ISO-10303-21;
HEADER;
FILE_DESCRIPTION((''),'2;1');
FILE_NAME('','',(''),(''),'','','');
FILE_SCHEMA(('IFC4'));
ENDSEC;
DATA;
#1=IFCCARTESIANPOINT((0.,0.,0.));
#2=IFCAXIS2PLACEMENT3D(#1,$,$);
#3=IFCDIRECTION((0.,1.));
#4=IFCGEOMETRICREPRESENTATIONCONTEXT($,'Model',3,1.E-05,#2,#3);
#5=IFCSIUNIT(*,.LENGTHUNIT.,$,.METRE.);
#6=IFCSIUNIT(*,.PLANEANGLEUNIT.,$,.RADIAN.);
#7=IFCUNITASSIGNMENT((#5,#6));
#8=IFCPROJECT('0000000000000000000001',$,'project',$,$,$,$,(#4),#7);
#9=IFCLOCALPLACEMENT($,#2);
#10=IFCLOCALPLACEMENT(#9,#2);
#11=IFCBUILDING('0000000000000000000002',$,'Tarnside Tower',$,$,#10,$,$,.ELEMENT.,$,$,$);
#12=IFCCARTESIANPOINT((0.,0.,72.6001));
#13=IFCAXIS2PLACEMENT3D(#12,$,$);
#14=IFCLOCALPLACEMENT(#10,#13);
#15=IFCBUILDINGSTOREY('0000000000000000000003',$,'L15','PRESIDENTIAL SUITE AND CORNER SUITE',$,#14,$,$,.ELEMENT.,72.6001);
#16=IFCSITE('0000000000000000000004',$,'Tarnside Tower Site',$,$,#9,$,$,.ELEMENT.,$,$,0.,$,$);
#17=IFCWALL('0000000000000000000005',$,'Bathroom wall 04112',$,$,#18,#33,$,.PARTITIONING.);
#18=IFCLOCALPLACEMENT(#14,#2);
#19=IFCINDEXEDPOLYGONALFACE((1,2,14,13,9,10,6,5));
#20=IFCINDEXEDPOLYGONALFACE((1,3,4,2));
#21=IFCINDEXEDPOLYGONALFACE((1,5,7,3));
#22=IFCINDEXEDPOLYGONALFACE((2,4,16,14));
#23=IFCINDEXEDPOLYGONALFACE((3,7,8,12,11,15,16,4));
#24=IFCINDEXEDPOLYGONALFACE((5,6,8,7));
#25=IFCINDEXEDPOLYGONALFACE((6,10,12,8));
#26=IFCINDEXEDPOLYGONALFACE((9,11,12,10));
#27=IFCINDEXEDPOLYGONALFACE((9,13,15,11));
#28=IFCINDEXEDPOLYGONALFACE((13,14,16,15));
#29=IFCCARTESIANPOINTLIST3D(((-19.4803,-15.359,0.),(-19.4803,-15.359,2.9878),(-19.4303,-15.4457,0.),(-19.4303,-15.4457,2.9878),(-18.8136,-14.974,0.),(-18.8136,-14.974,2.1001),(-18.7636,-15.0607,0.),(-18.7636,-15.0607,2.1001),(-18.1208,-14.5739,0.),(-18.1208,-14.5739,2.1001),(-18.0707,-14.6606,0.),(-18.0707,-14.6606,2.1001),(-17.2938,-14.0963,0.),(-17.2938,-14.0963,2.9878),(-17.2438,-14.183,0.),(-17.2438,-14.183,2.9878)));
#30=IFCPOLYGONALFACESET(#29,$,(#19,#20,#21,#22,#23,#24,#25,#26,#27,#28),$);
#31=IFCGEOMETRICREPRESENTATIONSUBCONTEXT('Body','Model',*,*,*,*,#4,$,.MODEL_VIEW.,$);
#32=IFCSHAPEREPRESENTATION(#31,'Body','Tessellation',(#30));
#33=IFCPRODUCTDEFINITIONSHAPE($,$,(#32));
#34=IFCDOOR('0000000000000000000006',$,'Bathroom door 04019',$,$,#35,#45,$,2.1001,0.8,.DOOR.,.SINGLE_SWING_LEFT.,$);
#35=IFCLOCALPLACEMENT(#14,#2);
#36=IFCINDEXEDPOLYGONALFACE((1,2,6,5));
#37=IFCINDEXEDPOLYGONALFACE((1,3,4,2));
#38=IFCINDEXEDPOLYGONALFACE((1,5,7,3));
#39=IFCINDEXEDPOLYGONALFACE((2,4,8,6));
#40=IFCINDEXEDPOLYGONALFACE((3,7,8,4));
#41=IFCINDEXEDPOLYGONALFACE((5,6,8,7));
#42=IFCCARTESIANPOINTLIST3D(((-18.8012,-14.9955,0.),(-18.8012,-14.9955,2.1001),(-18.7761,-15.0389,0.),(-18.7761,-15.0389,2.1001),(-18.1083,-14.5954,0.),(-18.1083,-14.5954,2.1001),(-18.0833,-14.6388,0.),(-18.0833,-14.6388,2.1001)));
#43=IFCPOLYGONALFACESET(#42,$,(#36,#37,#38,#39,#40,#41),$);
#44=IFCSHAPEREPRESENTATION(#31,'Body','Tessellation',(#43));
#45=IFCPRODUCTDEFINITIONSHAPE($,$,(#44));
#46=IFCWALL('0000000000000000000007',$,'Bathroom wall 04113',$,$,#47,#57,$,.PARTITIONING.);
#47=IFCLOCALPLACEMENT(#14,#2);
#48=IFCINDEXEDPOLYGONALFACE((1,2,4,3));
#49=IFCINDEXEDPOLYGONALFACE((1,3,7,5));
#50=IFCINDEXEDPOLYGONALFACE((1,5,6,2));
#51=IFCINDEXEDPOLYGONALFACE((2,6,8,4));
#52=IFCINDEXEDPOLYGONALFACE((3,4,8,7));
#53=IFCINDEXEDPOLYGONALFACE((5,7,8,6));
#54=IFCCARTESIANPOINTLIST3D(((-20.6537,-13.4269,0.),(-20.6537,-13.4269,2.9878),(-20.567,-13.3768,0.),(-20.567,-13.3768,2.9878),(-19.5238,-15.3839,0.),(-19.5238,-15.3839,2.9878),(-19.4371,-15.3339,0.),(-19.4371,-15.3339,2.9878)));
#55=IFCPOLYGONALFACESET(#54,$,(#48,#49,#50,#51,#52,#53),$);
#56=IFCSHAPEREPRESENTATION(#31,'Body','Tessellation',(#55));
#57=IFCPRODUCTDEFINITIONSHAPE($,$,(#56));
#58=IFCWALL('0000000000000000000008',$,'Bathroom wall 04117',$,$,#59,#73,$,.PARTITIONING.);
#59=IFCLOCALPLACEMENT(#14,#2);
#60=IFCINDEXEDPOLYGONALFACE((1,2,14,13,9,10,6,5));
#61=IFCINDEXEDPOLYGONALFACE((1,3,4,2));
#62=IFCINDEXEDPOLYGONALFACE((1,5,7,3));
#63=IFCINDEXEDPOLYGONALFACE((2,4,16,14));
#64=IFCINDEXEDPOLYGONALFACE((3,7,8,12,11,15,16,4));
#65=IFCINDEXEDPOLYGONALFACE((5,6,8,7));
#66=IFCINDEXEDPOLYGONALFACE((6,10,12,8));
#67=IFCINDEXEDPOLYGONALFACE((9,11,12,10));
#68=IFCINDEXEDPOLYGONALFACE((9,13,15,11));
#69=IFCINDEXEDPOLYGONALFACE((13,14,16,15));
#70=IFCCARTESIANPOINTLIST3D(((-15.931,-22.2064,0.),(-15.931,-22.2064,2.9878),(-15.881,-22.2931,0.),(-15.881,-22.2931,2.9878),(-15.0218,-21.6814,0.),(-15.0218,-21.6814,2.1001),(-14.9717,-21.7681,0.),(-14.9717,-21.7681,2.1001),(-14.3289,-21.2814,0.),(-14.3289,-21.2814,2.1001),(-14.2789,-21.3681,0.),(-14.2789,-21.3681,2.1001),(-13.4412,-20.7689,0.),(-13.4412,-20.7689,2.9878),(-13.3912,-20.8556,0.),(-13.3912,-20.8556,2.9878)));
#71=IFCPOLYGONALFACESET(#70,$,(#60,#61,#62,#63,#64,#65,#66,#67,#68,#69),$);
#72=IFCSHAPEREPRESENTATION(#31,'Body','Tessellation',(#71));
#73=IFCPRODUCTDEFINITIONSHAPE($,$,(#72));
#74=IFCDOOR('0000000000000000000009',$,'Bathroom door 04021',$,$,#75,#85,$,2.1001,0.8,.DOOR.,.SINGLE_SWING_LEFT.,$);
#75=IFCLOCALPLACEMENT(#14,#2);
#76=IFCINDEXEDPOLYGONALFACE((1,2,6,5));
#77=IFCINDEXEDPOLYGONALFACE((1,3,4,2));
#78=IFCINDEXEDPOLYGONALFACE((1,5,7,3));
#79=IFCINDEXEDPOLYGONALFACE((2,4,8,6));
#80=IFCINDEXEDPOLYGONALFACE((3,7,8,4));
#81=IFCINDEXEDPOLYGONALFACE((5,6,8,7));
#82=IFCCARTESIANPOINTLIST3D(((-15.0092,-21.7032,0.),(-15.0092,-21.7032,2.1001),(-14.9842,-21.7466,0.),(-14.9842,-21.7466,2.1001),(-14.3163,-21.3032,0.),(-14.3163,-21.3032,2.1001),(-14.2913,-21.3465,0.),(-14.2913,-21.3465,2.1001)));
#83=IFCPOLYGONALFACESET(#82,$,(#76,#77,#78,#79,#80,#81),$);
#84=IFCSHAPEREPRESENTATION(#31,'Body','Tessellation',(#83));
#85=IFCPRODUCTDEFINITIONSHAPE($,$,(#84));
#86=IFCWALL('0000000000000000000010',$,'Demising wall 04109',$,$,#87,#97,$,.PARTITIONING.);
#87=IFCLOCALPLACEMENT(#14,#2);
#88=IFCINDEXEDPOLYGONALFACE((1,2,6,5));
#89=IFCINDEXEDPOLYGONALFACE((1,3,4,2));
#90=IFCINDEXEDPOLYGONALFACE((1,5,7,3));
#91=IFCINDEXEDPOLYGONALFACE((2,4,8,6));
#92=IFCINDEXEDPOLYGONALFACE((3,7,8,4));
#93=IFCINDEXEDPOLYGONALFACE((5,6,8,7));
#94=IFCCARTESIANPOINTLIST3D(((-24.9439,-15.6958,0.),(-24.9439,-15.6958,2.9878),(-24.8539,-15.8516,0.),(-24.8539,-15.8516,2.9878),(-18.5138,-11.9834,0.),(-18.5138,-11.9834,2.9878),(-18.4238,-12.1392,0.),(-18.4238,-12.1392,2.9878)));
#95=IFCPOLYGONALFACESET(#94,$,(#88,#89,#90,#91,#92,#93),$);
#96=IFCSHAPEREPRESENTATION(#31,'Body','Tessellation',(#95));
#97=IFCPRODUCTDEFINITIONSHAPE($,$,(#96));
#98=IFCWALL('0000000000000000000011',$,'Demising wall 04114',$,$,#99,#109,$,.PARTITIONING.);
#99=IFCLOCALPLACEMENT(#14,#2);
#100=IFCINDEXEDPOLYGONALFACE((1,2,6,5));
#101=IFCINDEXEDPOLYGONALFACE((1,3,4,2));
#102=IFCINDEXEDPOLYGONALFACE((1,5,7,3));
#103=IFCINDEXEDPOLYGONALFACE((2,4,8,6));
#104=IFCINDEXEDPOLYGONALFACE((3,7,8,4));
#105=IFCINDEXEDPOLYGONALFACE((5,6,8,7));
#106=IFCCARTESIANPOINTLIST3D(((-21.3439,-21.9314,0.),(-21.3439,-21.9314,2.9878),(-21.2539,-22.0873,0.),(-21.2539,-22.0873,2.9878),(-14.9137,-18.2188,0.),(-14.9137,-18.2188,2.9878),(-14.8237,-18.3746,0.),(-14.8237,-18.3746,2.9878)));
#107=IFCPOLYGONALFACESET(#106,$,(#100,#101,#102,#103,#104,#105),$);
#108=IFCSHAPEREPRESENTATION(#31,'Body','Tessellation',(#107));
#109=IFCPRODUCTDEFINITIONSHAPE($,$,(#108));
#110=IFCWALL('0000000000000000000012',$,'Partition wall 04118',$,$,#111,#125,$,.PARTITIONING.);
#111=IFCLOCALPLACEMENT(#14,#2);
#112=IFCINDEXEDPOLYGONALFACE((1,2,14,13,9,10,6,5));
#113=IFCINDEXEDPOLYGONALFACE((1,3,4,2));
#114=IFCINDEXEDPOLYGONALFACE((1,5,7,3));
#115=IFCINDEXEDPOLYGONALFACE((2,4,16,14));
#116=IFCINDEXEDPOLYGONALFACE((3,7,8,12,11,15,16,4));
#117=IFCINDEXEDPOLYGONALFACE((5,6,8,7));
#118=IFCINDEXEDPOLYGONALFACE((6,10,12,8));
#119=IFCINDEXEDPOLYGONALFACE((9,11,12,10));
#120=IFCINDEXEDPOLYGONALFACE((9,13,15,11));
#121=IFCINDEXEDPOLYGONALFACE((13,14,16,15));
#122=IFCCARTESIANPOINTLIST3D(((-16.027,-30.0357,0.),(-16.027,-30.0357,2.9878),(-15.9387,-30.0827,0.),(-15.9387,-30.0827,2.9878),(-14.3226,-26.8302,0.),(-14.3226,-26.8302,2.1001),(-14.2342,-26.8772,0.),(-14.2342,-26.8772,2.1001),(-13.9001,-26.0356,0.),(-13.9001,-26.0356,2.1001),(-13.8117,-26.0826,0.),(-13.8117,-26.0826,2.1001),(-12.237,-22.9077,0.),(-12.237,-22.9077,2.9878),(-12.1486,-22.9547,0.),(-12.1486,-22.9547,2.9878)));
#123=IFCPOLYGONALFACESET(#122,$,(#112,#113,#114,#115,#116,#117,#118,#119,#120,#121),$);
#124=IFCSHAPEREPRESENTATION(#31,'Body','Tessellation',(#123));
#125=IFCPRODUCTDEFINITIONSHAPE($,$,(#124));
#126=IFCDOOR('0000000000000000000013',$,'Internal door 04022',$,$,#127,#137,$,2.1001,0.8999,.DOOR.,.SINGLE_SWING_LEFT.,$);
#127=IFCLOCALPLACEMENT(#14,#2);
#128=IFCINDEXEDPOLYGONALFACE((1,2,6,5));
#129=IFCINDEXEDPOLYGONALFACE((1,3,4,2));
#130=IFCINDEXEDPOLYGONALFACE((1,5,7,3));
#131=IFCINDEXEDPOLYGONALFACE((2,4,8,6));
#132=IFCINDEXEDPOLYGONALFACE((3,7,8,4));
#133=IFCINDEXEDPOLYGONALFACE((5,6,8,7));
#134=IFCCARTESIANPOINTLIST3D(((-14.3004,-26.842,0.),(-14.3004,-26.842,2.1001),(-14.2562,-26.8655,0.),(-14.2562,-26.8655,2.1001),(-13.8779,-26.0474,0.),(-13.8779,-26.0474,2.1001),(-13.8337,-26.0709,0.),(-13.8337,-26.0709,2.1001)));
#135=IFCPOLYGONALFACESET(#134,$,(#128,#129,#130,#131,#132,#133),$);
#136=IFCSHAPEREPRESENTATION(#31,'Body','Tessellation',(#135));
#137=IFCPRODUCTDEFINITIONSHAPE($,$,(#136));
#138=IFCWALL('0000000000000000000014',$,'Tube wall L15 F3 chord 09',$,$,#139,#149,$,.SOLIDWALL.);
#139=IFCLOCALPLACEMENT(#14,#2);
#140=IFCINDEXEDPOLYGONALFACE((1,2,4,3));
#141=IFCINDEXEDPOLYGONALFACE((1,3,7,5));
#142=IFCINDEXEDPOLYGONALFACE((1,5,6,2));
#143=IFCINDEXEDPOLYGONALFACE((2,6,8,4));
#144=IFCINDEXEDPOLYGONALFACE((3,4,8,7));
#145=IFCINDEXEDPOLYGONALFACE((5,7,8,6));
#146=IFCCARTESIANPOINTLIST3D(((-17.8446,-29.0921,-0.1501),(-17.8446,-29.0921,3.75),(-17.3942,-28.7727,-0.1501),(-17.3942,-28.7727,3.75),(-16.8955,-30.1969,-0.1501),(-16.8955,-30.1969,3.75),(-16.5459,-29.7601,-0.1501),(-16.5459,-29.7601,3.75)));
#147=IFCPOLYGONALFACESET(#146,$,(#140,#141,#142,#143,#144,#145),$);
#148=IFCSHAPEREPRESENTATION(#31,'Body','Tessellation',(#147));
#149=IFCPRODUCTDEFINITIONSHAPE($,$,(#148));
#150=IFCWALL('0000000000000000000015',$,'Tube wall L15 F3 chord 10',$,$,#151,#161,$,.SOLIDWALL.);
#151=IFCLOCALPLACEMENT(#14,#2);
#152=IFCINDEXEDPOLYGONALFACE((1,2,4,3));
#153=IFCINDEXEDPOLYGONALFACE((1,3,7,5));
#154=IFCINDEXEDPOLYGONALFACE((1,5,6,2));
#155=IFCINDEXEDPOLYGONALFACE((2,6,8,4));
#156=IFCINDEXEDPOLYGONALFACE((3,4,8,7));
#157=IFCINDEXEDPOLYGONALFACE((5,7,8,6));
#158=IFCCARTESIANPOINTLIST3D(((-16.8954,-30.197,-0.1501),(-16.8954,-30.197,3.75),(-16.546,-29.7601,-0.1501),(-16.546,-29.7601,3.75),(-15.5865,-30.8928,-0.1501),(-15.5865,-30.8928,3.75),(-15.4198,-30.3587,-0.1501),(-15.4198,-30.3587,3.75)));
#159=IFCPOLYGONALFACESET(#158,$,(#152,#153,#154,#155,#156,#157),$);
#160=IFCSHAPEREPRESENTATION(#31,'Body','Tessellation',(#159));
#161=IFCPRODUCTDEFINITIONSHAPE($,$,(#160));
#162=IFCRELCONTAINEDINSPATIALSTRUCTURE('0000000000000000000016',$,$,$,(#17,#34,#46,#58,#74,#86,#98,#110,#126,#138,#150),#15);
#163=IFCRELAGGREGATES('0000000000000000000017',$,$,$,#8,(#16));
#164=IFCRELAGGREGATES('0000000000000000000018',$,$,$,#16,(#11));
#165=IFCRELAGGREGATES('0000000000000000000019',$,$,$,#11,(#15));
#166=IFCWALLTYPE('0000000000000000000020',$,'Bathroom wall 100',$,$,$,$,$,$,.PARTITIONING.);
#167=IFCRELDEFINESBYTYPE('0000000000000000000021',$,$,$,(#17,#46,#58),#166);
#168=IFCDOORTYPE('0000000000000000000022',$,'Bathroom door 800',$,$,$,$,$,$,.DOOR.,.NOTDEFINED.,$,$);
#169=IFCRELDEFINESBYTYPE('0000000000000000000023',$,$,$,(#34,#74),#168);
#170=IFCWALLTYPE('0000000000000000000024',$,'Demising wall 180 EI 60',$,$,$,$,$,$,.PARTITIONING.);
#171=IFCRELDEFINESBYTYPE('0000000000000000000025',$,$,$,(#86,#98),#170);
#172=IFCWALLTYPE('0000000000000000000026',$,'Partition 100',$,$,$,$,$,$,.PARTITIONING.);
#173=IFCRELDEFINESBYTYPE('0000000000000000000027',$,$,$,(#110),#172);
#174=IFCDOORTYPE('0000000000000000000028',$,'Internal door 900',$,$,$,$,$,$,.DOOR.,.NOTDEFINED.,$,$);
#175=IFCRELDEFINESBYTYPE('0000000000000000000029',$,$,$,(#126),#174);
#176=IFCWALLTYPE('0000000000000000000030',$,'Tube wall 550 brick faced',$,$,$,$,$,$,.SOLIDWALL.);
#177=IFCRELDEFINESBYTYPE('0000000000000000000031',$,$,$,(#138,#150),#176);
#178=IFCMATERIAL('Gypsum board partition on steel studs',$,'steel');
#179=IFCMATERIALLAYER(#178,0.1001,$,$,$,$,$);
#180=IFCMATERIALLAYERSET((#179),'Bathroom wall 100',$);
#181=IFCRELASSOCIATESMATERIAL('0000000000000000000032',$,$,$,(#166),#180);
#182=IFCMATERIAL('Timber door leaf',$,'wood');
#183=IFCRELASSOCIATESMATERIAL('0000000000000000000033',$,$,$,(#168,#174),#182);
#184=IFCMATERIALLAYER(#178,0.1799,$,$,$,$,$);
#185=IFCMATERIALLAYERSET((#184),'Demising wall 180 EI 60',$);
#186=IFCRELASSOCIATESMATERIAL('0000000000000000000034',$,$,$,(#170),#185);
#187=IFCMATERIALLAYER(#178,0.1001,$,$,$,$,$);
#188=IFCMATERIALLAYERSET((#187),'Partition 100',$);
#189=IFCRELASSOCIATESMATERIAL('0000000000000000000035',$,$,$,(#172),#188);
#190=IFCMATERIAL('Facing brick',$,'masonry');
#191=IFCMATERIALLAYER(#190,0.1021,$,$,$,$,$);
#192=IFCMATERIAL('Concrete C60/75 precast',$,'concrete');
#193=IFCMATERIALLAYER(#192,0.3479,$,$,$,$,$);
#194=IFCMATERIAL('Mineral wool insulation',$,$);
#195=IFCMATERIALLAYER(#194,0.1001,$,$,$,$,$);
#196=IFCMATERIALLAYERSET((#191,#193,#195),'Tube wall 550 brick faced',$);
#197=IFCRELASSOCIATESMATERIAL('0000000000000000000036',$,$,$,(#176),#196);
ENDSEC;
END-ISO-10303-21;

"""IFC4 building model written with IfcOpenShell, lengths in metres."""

from ifc_helpers import new_model, si_unit, direction, frame, frame_2d, origin, place, context, subcontext, project, spatial, polyline, rectangle, outline, extrude, material, layer, layer_set, type_object, element, fill, save


model = new_model("IFC4")

# Units and contexts
model_context = context("Model", 3, precision=1e-05, world=origin(), true_north=direction((0.0, 1.0)))
body_context = subcontext(model_context, "Body", "Model", "MODEL_VIEW")
ifc_project = project(units=[si_unit("LENGTHUNIT", "METRE"), si_unit("PLANEANGLEUNIT", "RADIAN")], contexts=[model_context])

# Site, building, storey
site_placement = place(None, origin())
site = spatial("IfcSite", under=ifc_project, at=site_placement, Name="Tarnside Tower Site", CompositionType="ELEMENT", RefElevation=0.0)
building_placement = place(site_placement, origin())
building = spatial("IfcBuilding", under=site, at=building_placement, Name="Tarnside Tower", CompositionType="ELEMENT")
storey_placement = place(building_placement, frame((0.0, 0.0, 72.6001)))
storey = spatial("IfcBuildingStorey", under=building, at=storey_placement, Name="L15", Description="PRESIDENTIAL SUITE AND CORNER SUITE", CompositionType="ELEMENT", Elevation=72.6001)

# Shared definitions
ifc_material_1 = material(Name="Gypsum board partition on steel studs", Category="steel")
ifc_layer_1 = layer(ifc_material_1, 0.1001)
ifc_layer_set_1 = layer_set([ifc_layer_1], Name="Bathroom wall 100")
wall_type_1 = type_object("IfcWallType", Name="Bathroom wall 100", PredefinedType="PARTITIONING", material=ifc_layer_set_1)

# Wall, opening, door
ifc_material_2 = material(Name="Timber door leaf", Category="wood")
door_type_1 = type_object("IfcDoorType", Name="Bathroom door 800", OperationType="NOTDEFINED", PredefinedType="DOOR", material=ifc_material_2)
wall_1_placement = place(storey_placement, frame((-17.2688, -14.1396, 0.0), z_axis=(0.0, 0.0, 1.0), x_axis=(-0.865973, -0.500091, 0.0)))
wall_1 = element("IfcWall", 1, at=wall_1_placement, inside=storey, type_object=wall_type_1, Name="Bathroom wall 04112", PredefinedType="PARTITIONING", context=body_context, shape_type="SweptSolid", body=[
    extrude(rectangle(XDim=2.5249, YDim=0.1001, at=frame_2d((1.2625, 0.0))), origin(), (0.0, 0.0, 1.0), 2.9878),
])
opening_1_placement = place(wall_1_placement, frame((0.9551, 0.0, 0.0)))
opening_1 = element("IfcOpeningElement", 2, at=opening_1_placement, cuts=wall_1, PredefinedType="OPENING", context=body_context, shape_type="SweptSolid", body=[
    extrude(rectangle(XDim=0.8, YDim=2.1001, at=frame_2d((0.3999, 1.05))), frame((0.0, 0.0601, 0.0), z_axis=(0.0, -1.0, 0.0), x_axis=(1.0, 0.0, 0.0)), (0.0, 0.0, 1.0), 0.1201),
])
door_1_placement = place(opening_1_placement, origin())
door_1 = element("IfcDoor", 3, at=door_1_placement, inside=storey, type_object=door_type_1, Name="Bathroom door 04019", OperationType="SINGLE_SWING_LEFT", OverallHeight=2.1001, OverallWidth=0.8, PredefinedType="DOOR", context=body_context, shape_type="SweptSolid", body=[
    extrude(rectangle(XDim=0.8, YDim=2.1001, at=frame_2d((0.3999, 1.05))), frame((0.0, 0.0249, 0.0), z_axis=(0.0, -1.0, 0.0), x_axis=(1.0, 0.0, 0.0)), (0.0, 0.0, 1.0), 0.05),
])
fill(opening_1, door_1)

# Wall
wall_2_placement = place(storey_placement, frame((-19.4805, -15.3589, 0.0), z_axis=(0.0, 0.0, 1.0), x_axis=(-0.499997, 0.866027, 0.0)))
element("IfcWall", 4, at=wall_2_placement, inside=storey, type_object=wall_type_1, Name="Bathroom wall 04113", PredefinedType="PARTITIONING", context=body_context, shape_type="SweptSolid", body=[
    extrude(rectangle(XDim=2.2598, YDim=0.1001, at=frame_2d((1.1299, 0.0))), origin(), (0.0, 0.0, 1.0), 2.9878),
])

# Wall, opening, door
wall_3_placement = place(storey_placement, frame((-15.906, -22.2498, 0.0), z_axis=(0.0, 0.0, 1.0), x_axis=(0.866019, 0.500012, 0.0)))
wall_3 = element("IfcWall", 5, at=wall_3_placement, inside=storey, type_object=wall_type_1, Name="Bathroom wall 04117", PredefinedType="PARTITIONING", context=body_context, shape_type="SweptSolid", body=[
    extrude(rectangle(XDim=2.875, YDim=0.1001, at=frame_2d((1.4375, 0.0))), origin(), (0.0, 0.0, 1.0), 2.9878),
])
opening_2_placement = place(wall_3_placement, frame((1.05, 0.0, 0.0)))
opening_2 = element("IfcOpeningElement", 6, at=opening_2_placement, cuts=wall_3, PredefinedType="OPENING", context=body_context, shape_type="SweptSolid", body=[
    extrude(rectangle(XDim=0.8, YDim=2.1001, at=frame_2d((0.3999, 1.05))), frame((0.0, 0.0601, 0.0), z_axis=(0.0, -1.0, 0.0), x_axis=(1.0, 0.0, 0.0)), (0.0, 0.0, 1.0), 0.1201),
])
door_2_placement = place(opening_2_placement, origin())
door_2 = element("IfcDoor", 7, at=door_2_placement, inside=storey, type_object=door_type_1, Name="Bathroom door 04021", OperationType="SINGLE_SWING_LEFT", OverallHeight=2.1001, OverallWidth=0.8, PredefinedType="DOOR", context=body_context, shape_type="SweptSolid", body=[
    extrude(rectangle(XDim=0.8, YDim=2.1001, at=frame_2d((0.3999, 1.05))), frame((0.0, 0.0249, 0.0), z_axis=(0.0, -1.0, 0.0), x_axis=(1.0, 0.0, 0.0)), (0.0, 0.0, 1.0), 0.05),
])
fill(opening_2, door_2)

# Walls
ifc_layer_2 = layer(ifc_material_1, 0.1799)
ifc_layer_set_2 = layer_set([ifc_layer_2], Name="Demising wall 180 EI 60")
wall_type_2 = type_object("IfcWallType", Name="Demising wall 180 EI 60", PredefinedType="PARTITIONING", material=ifc_layer_set_2)
wall_4_placement = place(storey_placement, frame((-24.8989, -15.7737, 0.0), z_axis=(0.0, 0.0, 1.0), x_axis=(0.866029, 0.499994, 0.0)))
element("IfcWall", 8, at=wall_4_placement, inside=storey, type_object=wall_type_2, Name="Demising wall 04109", PredefinedType="PARTITIONING", context=body_context, shape_type="SweptSolid", body=[
    extrude(rectangle(XDim=7.4248, YDim=0.1799, at=frame_2d((3.7124, 0.0))), origin(), (0.0, 0.0, 1.0), 2.9878),
])
wall_5_placement = place(storey_placement, frame((-21.2988, -22.0093, 0.0), z_axis=(0.0, 0.0, 1.0), x_axis=(0.866015, 0.500018, 0.0)))
element("IfcWall", 9, at=wall_5_placement, inside=storey, type_object=wall_type_2, Name="Demising wall 04114", PredefinedType="PARTITIONING", context=body_context, shape_type="SweptSolid", body=[
    extrude(rectangle(XDim=7.425, YDim=0.1799, at=frame_2d((3.7124, 0.0))), origin(), (0.0, 0.0, 1.0), 2.9878),
])

# Wall, opening, door
ifc_layer_3 = layer(ifc_material_1, 0.1001)
ifc_layer_set_3 = layer_set([ifc_layer_3], Name="Partition 100")
wall_type_3 = type_object("IfcWallType", Name="Partition 100", PredefinedType="PARTITIONING", material=ifc_layer_set_3)
wall_6_placement = place(storey_placement, frame((-15.9829, -30.0593, 0.0), z_axis=(0.0, 0.0, 1.0), x_axis=(0.469477, 0.882945, 0.0)))
wall_6 = element("IfcWall", 10, at=wall_6_placement, inside=storey, type_object=wall_type_3, Name="Partition wall 04118", PredefinedType="PARTITIONING", context=body_context, shape_type="SweptSolid", body=[
    extrude(rectangle(XDim=8.073, YDim=0.1001, at=frame_2d((4.0366, 0.0))), origin(), (0.0, 0.0, 1.0), 2.9878),
])
opening_3_placement = place(wall_6_placement, frame((3.6306, 0.0, 0.0)))
opening_3 = element("IfcOpeningElement", 11, at=opening_3_placement, cuts=wall_6, PredefinedType="OPENING", context=body_context, shape_type="SweptSolid", body=[
    extrude(rectangle(XDim=0.8999, YDim=2.1001, at=frame_2d((0.45, 1.05))), frame((0.0, 0.0601, 0.0), z_axis=(0.0, -1.0, 0.0), x_axis=(1.0, 0.0, 0.0)), (0.0, 0.0, 1.0), 0.1201),
])
door_type_2 = type_object("IfcDoorType", Name="Internal door 900", OperationType="NOTDEFINED", PredefinedType="DOOR", material=ifc_material_2)
door_3_placement = place(opening_3_placement, origin())
door_3 = element("IfcDoor", 12, at=door_3_placement, inside=storey, type_object=door_type_2, Name="Internal door 04022", OperationType="SINGLE_SWING_LEFT", OverallHeight=2.1001, OverallWidth=0.8999, PredefinedType="DOOR", context=body_context, shape_type="SweptSolid", body=[
    extrude(rectangle(XDim=0.8999, YDim=2.1001, at=frame_2d((0.45, 1.05))), frame((0.0, 0.0249, 0.0), z_axis=(0.0, -1.0, 0.0), x_axis=(1.0, 0.0, 0.0)), (0.0, 0.0, 1.0), 0.05),
])
fill(opening_3, door_3)

# Walls
ifc_material_3 = material(Name="Facing brick", Category="masonry")
ifc_layer_4 = layer(ifc_material_3, 0.1021)
ifc_material_4 = material(Name="Concrete C60/75 precast", Category="concrete")
ifc_layer_5 = layer(ifc_material_4, 0.3479)
ifc_material_5 = material(Name="Mineral wool insulation")
ifc_layer_6 = layer(ifc_material_5, 0.1001)
ifc_layer_set_4 = layer_set([ifc_layer_4, ifc_layer_5, ifc_layer_6], Name="Tube wall 550 brick faced")
wall_type_4 = type_object("IfcWallType", Name="Tube wall 550 brick faced", PredefinedType="SOLIDWALL", material=ifc_layer_set_4)
wall_7_placement = place(storey_placement, frame((-17.6194, -28.9324, -0.1501), z_axis=(0.0, 0.0, 1.0), x_axis=(0.651622, -0.758544, 0.0)))
element("IfcWall", 13, at=wall_7_placement, inside=storey, type_object=wall_type_4, Name="Tube wall L15 F3 chord 09", PredefinedType="SOLIDWALL", context=body_context, shape_type="SweptSolid", body=[
    extrude(outline(polyline([(-0.0256, -0.2749), (1.4309, -0.2749), (1.3274, 0.2749), (0.0256, 0.2749), (-0.0256, -0.2749)])), origin(), (0.0, 0.0, 1.0), 3.9001),
])
wall_8_placement = place(storey_placement, frame((-16.7207, -29.9785, -0.1501), z_axis=(0.0, 0.0, 1.0), x_axis=(0.882994, -0.469384, 0.0)))
element("IfcWall", 14, at=wall_8_placement, inside=storey, type_object=wall_type_4, Name="Tube wall L15 F3 chord 10", PredefinedType="SOLIDWALL", context=body_context, shape_type="SweptSolid", body=[
    extrude(outline(polyline([(-0.0518, -0.2749), (1.4307, -0.2749), (1.3271, 0.2749), (0.0518, 0.2749), (-0.0518, -0.2749)])), origin(), (0.0, 0.0, 1.0), 3.9001),
])

save(model, "model.ifc")
